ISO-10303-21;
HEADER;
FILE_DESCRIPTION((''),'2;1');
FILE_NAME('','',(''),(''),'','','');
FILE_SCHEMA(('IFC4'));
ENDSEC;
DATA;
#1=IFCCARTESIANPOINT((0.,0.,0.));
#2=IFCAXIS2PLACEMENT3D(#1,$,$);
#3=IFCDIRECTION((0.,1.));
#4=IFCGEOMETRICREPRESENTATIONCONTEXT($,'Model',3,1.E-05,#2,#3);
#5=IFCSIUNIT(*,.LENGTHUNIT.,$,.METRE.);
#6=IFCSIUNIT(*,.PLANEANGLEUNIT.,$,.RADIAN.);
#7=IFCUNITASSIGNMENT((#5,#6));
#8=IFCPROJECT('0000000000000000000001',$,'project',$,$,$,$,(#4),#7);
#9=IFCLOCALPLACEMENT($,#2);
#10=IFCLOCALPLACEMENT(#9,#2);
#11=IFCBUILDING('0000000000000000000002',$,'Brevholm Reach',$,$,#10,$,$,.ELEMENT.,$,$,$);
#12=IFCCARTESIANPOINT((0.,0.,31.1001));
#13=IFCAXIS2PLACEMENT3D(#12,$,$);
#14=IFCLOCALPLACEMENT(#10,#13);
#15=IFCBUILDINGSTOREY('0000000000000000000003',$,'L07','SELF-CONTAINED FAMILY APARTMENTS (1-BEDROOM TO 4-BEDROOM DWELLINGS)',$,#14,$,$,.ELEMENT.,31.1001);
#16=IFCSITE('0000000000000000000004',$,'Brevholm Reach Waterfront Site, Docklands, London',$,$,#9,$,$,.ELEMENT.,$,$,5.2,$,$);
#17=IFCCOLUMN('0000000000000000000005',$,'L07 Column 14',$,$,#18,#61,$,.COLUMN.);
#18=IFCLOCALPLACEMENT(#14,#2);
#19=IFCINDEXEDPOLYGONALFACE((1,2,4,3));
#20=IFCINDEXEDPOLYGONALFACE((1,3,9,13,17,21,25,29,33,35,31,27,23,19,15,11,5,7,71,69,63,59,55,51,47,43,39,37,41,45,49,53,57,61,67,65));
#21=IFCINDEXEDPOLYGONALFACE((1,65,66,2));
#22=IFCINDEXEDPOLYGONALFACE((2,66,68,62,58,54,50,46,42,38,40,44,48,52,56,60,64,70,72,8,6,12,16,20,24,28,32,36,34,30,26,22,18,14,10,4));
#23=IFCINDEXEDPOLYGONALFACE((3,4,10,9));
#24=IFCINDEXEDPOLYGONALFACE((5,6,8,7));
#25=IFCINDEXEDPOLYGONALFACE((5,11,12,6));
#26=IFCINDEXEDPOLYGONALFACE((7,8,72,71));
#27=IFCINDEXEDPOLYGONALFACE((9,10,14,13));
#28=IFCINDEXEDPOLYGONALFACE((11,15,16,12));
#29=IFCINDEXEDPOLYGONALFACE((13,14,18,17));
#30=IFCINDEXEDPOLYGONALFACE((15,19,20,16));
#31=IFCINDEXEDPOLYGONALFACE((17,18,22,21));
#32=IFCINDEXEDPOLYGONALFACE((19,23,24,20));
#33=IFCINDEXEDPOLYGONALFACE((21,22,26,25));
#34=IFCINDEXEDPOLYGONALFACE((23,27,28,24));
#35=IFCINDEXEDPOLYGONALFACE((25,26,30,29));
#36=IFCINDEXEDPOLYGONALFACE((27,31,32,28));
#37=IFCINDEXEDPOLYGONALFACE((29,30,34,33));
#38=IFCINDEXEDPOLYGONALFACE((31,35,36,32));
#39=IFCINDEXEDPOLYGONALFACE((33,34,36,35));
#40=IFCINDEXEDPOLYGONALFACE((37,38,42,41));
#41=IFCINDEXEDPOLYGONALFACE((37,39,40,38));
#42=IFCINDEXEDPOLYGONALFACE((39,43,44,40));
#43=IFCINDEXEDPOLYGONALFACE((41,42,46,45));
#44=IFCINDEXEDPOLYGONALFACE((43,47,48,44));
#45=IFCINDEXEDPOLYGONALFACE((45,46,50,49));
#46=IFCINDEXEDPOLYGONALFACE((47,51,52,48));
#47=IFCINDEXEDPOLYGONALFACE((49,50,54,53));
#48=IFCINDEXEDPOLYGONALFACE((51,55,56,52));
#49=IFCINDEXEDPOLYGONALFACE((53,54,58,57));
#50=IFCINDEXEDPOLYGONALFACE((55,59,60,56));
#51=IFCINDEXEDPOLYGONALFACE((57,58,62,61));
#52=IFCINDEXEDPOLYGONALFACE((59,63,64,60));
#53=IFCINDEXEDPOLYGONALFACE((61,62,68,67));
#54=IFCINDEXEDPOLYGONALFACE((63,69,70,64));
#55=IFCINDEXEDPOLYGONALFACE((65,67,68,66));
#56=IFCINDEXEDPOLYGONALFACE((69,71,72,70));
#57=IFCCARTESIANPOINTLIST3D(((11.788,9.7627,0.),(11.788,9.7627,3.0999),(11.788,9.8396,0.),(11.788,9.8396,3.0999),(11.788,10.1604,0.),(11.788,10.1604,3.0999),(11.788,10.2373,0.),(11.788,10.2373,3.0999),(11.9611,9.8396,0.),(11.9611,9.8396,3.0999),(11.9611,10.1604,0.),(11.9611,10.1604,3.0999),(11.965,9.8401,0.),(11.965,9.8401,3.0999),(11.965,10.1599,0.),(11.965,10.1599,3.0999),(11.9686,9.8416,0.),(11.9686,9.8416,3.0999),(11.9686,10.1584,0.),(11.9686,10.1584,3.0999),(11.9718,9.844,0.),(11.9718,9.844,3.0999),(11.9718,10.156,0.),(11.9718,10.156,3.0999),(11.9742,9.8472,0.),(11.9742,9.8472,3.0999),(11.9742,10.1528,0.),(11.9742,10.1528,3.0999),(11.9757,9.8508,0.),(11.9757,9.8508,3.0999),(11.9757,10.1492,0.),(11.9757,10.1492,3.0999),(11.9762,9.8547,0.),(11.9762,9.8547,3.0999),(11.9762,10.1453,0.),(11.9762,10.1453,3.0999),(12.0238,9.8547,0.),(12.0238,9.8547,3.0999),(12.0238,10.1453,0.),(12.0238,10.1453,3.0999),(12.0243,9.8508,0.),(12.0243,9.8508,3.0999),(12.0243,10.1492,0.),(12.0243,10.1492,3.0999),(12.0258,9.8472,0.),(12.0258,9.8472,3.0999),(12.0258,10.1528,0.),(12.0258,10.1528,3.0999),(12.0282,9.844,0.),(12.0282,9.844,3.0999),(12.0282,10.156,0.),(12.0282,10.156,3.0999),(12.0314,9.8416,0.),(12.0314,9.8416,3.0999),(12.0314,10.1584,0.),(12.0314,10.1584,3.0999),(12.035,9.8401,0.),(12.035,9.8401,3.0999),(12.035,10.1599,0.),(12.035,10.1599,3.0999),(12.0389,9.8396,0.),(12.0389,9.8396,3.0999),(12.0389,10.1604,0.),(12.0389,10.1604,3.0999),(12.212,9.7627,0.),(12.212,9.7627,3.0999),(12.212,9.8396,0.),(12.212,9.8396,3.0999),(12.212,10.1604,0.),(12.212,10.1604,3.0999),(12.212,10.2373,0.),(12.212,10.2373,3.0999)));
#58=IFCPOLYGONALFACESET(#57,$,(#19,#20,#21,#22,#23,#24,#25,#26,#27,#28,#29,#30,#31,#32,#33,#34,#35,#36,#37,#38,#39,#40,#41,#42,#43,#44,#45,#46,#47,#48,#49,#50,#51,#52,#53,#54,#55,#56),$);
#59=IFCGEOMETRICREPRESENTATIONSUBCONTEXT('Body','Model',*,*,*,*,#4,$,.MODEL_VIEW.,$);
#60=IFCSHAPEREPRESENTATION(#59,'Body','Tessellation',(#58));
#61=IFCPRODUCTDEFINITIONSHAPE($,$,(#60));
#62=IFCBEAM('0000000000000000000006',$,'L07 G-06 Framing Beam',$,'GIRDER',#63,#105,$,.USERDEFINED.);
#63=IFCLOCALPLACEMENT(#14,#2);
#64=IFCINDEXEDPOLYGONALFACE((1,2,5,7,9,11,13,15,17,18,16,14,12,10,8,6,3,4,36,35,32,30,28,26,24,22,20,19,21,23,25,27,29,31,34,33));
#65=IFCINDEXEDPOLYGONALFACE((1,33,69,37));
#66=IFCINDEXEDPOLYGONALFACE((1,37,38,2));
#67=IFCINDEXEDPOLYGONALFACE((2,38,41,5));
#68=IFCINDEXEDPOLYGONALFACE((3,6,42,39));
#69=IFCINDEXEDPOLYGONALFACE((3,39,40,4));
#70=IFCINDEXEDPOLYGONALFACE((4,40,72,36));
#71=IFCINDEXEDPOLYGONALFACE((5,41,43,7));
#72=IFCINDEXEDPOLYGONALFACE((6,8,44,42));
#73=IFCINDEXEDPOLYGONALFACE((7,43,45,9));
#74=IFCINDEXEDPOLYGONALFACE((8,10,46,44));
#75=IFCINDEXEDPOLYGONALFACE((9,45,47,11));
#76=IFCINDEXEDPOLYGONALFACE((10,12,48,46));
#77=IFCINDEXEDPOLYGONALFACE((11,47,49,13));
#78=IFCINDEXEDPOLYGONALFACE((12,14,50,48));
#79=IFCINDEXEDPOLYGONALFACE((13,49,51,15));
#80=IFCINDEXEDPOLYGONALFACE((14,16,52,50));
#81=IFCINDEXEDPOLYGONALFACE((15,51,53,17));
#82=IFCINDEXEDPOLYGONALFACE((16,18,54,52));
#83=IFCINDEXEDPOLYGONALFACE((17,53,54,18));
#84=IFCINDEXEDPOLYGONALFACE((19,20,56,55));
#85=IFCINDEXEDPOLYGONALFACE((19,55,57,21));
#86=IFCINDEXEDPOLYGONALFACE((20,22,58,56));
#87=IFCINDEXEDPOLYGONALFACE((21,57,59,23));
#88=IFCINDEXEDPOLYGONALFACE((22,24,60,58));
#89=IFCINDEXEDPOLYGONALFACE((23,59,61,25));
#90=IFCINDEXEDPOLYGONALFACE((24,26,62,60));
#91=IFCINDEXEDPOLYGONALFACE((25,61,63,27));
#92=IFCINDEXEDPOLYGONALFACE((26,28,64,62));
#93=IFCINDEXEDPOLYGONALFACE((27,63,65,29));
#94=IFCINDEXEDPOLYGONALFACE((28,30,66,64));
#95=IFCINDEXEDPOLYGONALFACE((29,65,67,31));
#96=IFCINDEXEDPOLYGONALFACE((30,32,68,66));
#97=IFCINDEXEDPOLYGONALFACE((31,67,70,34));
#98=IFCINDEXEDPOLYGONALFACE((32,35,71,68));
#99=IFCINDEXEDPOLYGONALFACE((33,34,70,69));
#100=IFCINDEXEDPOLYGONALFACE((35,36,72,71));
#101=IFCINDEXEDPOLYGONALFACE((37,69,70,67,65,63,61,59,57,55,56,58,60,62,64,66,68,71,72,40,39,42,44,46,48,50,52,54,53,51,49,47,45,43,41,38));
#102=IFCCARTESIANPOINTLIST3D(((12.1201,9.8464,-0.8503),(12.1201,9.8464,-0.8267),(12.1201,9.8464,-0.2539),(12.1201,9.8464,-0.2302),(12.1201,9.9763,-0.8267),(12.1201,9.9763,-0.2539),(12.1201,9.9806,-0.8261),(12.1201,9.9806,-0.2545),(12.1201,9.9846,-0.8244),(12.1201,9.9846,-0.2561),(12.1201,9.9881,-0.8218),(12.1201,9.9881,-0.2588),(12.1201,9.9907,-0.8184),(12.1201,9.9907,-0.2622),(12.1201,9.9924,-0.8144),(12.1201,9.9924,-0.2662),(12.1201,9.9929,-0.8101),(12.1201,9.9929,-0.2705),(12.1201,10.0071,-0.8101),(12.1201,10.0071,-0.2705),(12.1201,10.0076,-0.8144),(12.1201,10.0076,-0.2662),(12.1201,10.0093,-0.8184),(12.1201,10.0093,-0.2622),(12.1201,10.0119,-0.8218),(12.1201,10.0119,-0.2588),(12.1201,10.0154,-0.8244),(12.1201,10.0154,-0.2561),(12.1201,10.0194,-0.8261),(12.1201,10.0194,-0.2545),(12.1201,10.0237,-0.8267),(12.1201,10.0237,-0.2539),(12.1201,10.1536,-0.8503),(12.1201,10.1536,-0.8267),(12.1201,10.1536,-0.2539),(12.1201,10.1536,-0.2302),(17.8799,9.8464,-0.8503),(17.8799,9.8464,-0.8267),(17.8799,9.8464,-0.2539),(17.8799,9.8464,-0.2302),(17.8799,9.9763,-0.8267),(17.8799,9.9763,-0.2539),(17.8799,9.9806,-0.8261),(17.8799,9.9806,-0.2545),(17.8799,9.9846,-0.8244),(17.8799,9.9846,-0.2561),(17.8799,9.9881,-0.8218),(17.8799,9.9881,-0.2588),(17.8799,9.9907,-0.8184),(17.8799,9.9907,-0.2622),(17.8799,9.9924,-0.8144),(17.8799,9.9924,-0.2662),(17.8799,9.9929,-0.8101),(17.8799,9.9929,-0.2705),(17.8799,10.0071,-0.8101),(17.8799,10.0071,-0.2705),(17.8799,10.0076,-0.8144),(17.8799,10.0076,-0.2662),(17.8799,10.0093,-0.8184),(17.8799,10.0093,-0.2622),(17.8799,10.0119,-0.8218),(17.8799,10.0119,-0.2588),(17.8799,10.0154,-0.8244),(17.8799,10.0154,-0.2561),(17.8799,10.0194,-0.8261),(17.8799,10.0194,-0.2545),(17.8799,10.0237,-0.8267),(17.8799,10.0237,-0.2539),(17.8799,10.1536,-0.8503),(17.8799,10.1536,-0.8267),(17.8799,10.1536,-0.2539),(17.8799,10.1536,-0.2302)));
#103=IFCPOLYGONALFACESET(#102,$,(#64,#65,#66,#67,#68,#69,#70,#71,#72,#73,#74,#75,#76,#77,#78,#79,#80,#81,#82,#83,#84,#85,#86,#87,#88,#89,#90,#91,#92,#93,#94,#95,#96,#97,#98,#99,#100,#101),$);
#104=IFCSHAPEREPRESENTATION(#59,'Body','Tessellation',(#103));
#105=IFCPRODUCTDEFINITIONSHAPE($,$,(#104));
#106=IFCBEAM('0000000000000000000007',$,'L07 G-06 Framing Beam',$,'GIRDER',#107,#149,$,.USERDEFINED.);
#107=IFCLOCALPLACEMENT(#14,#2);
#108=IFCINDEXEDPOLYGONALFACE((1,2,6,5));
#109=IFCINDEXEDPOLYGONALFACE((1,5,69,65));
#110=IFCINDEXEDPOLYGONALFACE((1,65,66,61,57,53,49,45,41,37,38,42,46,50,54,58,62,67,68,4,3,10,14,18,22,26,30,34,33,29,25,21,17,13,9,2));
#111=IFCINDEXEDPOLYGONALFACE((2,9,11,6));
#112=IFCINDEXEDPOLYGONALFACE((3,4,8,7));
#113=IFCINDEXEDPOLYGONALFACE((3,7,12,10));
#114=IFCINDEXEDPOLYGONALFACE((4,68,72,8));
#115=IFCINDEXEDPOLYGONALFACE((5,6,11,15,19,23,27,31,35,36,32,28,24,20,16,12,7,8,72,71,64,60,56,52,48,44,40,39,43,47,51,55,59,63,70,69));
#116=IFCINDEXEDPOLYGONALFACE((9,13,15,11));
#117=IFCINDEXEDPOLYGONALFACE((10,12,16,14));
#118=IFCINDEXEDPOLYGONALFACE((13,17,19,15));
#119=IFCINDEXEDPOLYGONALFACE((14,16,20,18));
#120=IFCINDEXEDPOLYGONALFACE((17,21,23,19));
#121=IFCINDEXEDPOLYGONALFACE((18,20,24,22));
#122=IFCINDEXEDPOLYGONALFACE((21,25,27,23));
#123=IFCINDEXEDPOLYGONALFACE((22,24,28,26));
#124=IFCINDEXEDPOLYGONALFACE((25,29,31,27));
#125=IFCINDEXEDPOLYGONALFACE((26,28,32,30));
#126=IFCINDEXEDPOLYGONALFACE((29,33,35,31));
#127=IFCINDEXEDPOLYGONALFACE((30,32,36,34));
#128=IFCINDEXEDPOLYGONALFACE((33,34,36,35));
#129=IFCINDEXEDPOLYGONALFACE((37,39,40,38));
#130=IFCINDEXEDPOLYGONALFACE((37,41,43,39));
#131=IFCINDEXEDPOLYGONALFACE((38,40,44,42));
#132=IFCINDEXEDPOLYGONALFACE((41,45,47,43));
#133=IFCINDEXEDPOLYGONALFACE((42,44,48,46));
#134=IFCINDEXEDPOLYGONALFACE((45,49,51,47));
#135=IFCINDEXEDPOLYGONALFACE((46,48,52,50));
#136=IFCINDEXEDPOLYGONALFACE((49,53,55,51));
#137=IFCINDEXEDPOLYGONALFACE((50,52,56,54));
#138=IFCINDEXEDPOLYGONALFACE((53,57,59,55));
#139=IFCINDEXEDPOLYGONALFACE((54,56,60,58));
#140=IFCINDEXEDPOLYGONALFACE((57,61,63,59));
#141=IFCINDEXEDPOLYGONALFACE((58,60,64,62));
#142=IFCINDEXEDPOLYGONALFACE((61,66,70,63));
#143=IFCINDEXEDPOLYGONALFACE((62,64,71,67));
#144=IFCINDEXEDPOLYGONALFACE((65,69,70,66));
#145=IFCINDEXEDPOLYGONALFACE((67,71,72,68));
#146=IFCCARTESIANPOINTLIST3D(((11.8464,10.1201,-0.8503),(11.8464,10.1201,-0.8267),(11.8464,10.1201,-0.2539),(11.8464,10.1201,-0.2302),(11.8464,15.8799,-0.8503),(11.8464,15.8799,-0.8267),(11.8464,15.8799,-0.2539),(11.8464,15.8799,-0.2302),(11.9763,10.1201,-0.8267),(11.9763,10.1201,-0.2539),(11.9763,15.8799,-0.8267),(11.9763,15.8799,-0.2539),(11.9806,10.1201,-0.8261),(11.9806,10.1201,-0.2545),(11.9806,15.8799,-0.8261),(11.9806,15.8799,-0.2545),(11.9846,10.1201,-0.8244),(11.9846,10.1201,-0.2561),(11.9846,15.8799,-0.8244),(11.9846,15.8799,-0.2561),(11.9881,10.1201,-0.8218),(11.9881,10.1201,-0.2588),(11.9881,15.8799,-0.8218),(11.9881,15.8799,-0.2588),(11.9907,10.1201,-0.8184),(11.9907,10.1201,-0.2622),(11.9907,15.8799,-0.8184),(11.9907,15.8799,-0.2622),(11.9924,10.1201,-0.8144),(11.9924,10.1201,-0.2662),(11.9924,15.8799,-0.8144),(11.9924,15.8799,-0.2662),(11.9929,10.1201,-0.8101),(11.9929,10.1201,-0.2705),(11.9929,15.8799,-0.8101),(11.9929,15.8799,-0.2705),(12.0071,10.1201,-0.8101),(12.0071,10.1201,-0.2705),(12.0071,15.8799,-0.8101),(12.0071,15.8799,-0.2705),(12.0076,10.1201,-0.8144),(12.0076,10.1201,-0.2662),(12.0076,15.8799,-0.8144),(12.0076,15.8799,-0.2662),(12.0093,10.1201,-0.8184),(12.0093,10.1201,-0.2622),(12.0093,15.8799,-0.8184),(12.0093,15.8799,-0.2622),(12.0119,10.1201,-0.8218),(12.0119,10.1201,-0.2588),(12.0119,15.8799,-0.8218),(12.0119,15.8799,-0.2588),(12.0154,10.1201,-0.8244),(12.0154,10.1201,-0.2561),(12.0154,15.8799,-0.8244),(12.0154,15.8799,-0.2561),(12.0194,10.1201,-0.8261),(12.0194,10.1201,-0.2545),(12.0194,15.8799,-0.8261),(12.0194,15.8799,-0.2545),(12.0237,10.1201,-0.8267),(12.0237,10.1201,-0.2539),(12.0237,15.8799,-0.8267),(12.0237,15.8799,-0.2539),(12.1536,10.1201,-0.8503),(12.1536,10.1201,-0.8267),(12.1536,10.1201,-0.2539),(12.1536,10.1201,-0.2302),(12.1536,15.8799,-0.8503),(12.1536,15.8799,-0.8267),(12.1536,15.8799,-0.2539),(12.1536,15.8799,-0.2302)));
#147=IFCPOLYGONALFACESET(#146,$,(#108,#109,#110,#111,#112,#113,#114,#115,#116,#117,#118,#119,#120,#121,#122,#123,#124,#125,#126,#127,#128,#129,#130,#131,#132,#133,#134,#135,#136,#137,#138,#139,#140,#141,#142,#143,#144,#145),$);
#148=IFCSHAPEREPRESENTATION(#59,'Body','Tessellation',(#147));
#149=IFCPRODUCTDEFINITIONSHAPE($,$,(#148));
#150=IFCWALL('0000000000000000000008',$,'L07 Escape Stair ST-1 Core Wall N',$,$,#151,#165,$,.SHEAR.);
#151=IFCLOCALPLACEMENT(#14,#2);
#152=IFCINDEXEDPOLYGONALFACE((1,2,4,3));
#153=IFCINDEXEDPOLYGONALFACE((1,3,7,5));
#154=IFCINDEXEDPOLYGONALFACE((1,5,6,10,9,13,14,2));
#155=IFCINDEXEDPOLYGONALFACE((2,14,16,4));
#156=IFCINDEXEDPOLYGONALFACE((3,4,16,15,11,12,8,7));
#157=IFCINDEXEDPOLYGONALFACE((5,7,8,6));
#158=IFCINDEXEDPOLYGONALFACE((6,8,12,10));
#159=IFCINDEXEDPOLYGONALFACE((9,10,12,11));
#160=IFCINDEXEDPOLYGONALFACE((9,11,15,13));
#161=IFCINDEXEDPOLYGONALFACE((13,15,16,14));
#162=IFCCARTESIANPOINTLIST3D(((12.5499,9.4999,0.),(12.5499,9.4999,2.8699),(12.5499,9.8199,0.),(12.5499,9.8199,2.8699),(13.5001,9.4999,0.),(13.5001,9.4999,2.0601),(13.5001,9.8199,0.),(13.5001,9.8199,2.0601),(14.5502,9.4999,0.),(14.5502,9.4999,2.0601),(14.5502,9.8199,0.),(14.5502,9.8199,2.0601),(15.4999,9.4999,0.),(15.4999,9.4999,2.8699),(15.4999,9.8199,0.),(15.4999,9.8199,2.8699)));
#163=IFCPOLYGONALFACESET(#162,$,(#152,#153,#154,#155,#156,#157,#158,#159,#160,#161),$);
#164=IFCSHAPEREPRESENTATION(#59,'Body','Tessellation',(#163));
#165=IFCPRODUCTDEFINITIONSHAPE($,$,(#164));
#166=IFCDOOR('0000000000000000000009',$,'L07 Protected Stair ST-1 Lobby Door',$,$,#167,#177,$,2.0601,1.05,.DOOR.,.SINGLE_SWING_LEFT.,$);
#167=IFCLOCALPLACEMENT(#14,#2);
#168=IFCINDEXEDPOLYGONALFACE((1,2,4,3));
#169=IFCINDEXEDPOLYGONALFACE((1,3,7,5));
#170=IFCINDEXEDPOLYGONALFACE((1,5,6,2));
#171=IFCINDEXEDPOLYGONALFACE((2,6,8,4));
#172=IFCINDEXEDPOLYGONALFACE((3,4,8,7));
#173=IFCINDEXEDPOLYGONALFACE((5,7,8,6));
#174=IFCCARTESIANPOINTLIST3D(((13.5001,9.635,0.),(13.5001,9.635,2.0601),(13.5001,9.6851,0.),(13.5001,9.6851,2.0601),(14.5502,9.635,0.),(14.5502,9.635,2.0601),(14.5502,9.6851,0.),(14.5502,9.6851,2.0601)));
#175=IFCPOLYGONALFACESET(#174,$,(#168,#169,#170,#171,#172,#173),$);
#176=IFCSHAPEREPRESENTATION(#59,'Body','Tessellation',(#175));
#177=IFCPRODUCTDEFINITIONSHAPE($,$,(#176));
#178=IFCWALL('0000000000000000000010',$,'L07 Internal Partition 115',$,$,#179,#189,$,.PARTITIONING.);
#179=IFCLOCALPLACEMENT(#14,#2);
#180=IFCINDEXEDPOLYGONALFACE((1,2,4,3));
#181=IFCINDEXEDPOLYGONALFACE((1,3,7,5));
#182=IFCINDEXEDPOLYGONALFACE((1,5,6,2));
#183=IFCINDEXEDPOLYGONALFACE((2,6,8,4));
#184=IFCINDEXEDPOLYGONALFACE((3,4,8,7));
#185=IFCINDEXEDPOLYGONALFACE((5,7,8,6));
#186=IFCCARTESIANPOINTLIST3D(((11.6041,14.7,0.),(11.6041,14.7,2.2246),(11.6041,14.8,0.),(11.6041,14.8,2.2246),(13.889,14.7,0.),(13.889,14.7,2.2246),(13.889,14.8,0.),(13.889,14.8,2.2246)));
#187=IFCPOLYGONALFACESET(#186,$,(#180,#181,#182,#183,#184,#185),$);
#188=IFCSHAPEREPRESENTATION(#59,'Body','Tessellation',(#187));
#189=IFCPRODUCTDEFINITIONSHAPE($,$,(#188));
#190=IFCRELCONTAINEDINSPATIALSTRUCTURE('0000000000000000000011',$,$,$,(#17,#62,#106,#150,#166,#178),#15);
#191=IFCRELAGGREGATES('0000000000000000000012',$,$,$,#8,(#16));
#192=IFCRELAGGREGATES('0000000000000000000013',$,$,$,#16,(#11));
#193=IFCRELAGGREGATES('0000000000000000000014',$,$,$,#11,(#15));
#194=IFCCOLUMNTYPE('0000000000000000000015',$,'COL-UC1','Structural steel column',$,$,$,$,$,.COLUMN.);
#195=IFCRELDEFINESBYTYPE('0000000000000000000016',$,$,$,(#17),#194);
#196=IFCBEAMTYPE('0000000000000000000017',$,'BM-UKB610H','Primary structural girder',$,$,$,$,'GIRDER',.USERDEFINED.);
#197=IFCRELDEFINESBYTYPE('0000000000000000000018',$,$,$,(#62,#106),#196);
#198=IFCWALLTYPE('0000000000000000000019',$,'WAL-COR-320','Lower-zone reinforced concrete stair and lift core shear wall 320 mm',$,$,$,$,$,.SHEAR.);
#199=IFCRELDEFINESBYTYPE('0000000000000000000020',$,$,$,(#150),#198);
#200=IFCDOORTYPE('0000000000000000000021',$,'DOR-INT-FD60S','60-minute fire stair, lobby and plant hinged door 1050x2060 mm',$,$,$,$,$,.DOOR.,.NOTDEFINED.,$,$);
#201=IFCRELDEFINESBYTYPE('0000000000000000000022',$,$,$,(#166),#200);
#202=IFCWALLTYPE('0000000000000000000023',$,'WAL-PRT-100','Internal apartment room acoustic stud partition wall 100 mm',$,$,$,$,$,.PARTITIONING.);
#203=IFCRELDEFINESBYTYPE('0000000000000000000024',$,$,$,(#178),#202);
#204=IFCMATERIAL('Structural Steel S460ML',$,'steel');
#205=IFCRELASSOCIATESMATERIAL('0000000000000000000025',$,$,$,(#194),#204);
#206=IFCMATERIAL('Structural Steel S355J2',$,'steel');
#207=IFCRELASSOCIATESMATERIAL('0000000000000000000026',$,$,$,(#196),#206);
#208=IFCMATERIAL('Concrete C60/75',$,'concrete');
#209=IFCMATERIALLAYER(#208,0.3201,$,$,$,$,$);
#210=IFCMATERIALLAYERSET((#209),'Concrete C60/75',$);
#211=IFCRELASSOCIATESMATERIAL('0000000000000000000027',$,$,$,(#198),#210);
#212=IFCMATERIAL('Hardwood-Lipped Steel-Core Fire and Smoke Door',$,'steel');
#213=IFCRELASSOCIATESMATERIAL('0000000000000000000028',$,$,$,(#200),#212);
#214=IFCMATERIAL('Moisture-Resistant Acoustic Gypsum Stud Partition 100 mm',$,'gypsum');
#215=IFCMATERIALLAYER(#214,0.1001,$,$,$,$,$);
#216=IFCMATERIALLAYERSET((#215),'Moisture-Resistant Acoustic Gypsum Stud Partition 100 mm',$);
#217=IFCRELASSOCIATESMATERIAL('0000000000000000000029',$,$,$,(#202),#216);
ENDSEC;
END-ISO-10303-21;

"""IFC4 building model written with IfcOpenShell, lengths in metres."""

from ifc_helpers import new_model, si_unit, direction, frame, frame_2d, origin, origin_2d, place, context, subcontext, project, spatial, rectangle, i_section, extrude, material, layer, layer_set, material_profile, profile_set, type_object, element, fill, save


model = new_model("IFC4")

# Units and contexts
model_context = context("Model", 3, precision=1e-05, world=origin(), true_north=direction((0.0, 1.0)))
body_context = subcontext(model_context, "Body", "Model", "MODEL_VIEW")
ifc_project = project(units=[si_unit("LENGTHUNIT", "METRE"), si_unit("PLANEANGLEUNIT", "RADIAN")], contexts=[model_context])

# Site, building, storey
site_placement = place(None, origin())
site = spatial("IfcSite", under=ifc_project, at=site_placement, Name="Brevholm Reach Waterfront Site, Docklands, London", CompositionType="ELEMENT", RefElevation=5.2)
building_placement = place(site_placement, origin())
building = spatial("IfcBuilding", under=site, at=building_placement, Name="Brevholm Reach", CompositionType="ELEMENT")
storey_placement = place(building_placement, frame((0.0, 0.0, 31.1001)))
storey = spatial("IfcBuildingStorey", under=building, at=storey_placement, Name="L07", Description="SELF-CONTAINED FAMILY APARTMENTS (1-BEDROOM TO 4-BEDROOM DWELLINGS)", CompositionType="ELEMENT", Elevation=31.1001)

# Column
ifc_material_1 = material(Name="Structural Steel S460ML", Category="steel")
ifc_material_profile_1 = material_profile(ifc_material_1, i_section(OverallWidth=0.4241, OverallDepth=0.4746, WebThickness=0.0476, FlangeThickness=0.0769, FilletRadius=0.0151, at=origin_2d()), Name="UKC 356x406x634")
ifc_profile_set_1 = profile_set([ifc_material_profile_1], Name="Structural Steel S460ML")
column_type = type_object("IfcColumnType", Name="COL-UC1", Description="Structural steel column", PredefinedType="COLUMN", material=ifc_profile_set_1)
column_placement = place(storey_placement, frame((12.0, 10.0, 0.0), z_axis=(0.0, 0.0, 1.0), x_axis=(1.0, 0.0, 0.0)))
element("IfcColumn", 1, at=column_placement, inside=storey, type_object=column_type, Name="L07 Column 14", PredefinedType="COLUMN", context=body_context, shape_type="SweptSolid", body=[
    extrude(i_section(OverallWidth=0.4241, OverallDepth=0.4746, WebThickness=0.0476, FlangeThickness=0.0769, FilletRadius=0.0151, at=origin_2d()), origin(), (0.0, 0.0, 1.0), 3.0999),
])

# Beams
ifc_material_2 = material(Name="Structural Steel S355J2", Category="steel")
ifc_material_profile_2 = material_profile(ifc_material_2, i_section(OverallWidth=0.3071, OverallDepth=0.6201, WebThickness=0.0142, FlangeThickness=0.0237, FilletRadius=0.0166, at=origin_2d()), Name="UKB 610x305x179")
ifc_profile_set_2 = profile_set([ifc_material_profile_2], Name="Structural Steel S355J2")
beam_type = type_object("IfcBeamType", Name="BM-UKB610H", Description="Primary structural girder", ElementType="GIRDER", PredefinedType="USERDEFINED", material=ifc_profile_set_2)
for number, where, z_axis, x_axis, name in (
    (2, (12.1201, 10.0, -0.5403), (1.0, 0.0, 0.0), (0.0, 1.0, 0.0), "L07 G-06 Framing Beam"),
    (3, (12.0, 10.1201, -0.5403), (0.0, 1.0, 0.0), (-1.0, 0.0, 0.0), "L07 G-06 Framing Beam"),
):
    element("IfcBeam", number, at=place(storey_placement, frame(where, z_axis=z_axis, x_axis=x_axis)), inside=storey, type_object=beam_type, Name=name, ObjectType="GIRDER", PredefinedType="USERDEFINED", context=body_context, shape_type="SweptSolid", body=[
        extrude(i_section(OverallWidth=0.3071, OverallDepth=0.6201, WebThickness=0.0142, FlangeThickness=0.0237, FilletRadius=0.0166, at=origin_2d()), origin(), (0.0, 0.0, 1.0), 5.7598),
    ])

# Wall, opening, door
ifc_material_3 = material(Name="Concrete C60/75", Category="concrete")
ifc_layer_1 = layer(ifc_material_3, 0.3201)
ifc_layer_set_1 = layer_set([ifc_layer_1], Name="Concrete C60/75")
wall_type_1 = type_object("IfcWallType", Name="WAL-COR-320", Description="Lower-zone reinforced concrete stair and lift core shear wall 320 mm", PredefinedType="SHEAR", material=ifc_layer_set_1)
wall_1_placement = place(storey_placement, frame((15.5, 9.6599, 0.0), z_axis=(0.0, 0.0, 1.0), x_axis=(-1.0, 0.0, 0.0)))
wall_1 = element("IfcWall", 4, at=wall_1_placement, inside=storey, type_object=wall_type_1, Name="L07 Escape Stair ST-1 Core Wall N", PredefinedType="SHEAR", context=body_context, shape_type="SweptSolid", body=[
    extrude(rectangle(XDim=2.95, YDim=0.3201, at=frame_2d((1.4751, 0.0))), origin(), (0.0, 0.0, 1.0), 2.8699),
])
opening_1_placement = place(wall_1_placement, frame((0.95, 0.0, 0.0)))
opening_1 = element("IfcOpeningElement", 5, at=opening_1_placement, cuts=wall_1, PredefinedType="OPENING", context=body_context, shape_type="SweptSolid", body=[
    extrude(rectangle(XDim=1.05, YDim=2.0601, at=frame_2d((0.5249, 1.03))), frame((0.0, 0.1699, 0.0), z_axis=(0.0, -1.0, 0.0), x_axis=(1.0, 0.0, 0.0)), (0.0, 0.0, 1.0), 0.3401),
])
ifc_material_4 = material(Name="Hardwood-Lipped Steel-Core Fire and Smoke Door", Category="steel")
door_type_1 = type_object("IfcDoorType", Name="DOR-INT-FD60S", Description="60-minute fire stair, lobby and plant hinged door 1050x2060 mm", OperationType="NOTDEFINED", PredefinedType="DOOR", material=ifc_material_4)
door_1_placement = place(opening_1_placement, origin())
door_1 = element("IfcDoor", 6, at=door_1_placement, inside=storey, type_object=door_type_1, Name="L07 Protected Stair ST-1 Lobby Door", OperationType="SINGLE_SWING_LEFT", OverallHeight=2.0601, OverallWidth=1.05, PredefinedType="DOOR", context=body_context, shape_type="SweptSolid", body=[
    extrude(rectangle(XDim=1.05, YDim=2.0601, at=frame_2d((0.5249, 1.03))), frame((0.0, 0.0249, 0.0), z_axis=(0.0, -1.0, 0.0), x_axis=(1.0, 0.0, 0.0)), (0.0, 0.0, 1.0), 0.05),
])
fill(opening_1, door_1)

# Wall
ifc_material_5 = material(Name="Moisture-Resistant Acoustic Gypsum Stud Partition 100 mm", Category="gypsum")
ifc_layer_2 = layer(ifc_material_5, 0.1001)
ifc_layer_set_2 = layer_set([ifc_layer_2], Name="Moisture-Resistant Acoustic Gypsum Stud Partition 100 mm")
wall_type_2 = type_object("IfcWallType", Name="WAL-PRT-100", Description="Internal apartment room acoustic stud partition wall 100 mm", PredefinedType="PARTITIONING", material=ifc_layer_set_2)
wall_2_placement = place(storey_placement, frame((11.604, 14.75, 0.0), z_axis=(0.0, 0.0, 1.0), x_axis=(1.0, 0.0, 0.0)))
element("IfcWall", 7, at=wall_2_placement, inside=storey, type_object=wall_type_2, Name="L07 Internal Partition 115", PredefinedType="PARTITIONING", context=body_context, shape_type="SweptSolid", body=[
    extrude(rectangle(XDim=2.2849, YDim=0.1001, at=frame_2d((1.1426, 0.0))), origin(), (0.0, 0.0, 1.0), 2.2246),
])

save(model, "model.ifc")
